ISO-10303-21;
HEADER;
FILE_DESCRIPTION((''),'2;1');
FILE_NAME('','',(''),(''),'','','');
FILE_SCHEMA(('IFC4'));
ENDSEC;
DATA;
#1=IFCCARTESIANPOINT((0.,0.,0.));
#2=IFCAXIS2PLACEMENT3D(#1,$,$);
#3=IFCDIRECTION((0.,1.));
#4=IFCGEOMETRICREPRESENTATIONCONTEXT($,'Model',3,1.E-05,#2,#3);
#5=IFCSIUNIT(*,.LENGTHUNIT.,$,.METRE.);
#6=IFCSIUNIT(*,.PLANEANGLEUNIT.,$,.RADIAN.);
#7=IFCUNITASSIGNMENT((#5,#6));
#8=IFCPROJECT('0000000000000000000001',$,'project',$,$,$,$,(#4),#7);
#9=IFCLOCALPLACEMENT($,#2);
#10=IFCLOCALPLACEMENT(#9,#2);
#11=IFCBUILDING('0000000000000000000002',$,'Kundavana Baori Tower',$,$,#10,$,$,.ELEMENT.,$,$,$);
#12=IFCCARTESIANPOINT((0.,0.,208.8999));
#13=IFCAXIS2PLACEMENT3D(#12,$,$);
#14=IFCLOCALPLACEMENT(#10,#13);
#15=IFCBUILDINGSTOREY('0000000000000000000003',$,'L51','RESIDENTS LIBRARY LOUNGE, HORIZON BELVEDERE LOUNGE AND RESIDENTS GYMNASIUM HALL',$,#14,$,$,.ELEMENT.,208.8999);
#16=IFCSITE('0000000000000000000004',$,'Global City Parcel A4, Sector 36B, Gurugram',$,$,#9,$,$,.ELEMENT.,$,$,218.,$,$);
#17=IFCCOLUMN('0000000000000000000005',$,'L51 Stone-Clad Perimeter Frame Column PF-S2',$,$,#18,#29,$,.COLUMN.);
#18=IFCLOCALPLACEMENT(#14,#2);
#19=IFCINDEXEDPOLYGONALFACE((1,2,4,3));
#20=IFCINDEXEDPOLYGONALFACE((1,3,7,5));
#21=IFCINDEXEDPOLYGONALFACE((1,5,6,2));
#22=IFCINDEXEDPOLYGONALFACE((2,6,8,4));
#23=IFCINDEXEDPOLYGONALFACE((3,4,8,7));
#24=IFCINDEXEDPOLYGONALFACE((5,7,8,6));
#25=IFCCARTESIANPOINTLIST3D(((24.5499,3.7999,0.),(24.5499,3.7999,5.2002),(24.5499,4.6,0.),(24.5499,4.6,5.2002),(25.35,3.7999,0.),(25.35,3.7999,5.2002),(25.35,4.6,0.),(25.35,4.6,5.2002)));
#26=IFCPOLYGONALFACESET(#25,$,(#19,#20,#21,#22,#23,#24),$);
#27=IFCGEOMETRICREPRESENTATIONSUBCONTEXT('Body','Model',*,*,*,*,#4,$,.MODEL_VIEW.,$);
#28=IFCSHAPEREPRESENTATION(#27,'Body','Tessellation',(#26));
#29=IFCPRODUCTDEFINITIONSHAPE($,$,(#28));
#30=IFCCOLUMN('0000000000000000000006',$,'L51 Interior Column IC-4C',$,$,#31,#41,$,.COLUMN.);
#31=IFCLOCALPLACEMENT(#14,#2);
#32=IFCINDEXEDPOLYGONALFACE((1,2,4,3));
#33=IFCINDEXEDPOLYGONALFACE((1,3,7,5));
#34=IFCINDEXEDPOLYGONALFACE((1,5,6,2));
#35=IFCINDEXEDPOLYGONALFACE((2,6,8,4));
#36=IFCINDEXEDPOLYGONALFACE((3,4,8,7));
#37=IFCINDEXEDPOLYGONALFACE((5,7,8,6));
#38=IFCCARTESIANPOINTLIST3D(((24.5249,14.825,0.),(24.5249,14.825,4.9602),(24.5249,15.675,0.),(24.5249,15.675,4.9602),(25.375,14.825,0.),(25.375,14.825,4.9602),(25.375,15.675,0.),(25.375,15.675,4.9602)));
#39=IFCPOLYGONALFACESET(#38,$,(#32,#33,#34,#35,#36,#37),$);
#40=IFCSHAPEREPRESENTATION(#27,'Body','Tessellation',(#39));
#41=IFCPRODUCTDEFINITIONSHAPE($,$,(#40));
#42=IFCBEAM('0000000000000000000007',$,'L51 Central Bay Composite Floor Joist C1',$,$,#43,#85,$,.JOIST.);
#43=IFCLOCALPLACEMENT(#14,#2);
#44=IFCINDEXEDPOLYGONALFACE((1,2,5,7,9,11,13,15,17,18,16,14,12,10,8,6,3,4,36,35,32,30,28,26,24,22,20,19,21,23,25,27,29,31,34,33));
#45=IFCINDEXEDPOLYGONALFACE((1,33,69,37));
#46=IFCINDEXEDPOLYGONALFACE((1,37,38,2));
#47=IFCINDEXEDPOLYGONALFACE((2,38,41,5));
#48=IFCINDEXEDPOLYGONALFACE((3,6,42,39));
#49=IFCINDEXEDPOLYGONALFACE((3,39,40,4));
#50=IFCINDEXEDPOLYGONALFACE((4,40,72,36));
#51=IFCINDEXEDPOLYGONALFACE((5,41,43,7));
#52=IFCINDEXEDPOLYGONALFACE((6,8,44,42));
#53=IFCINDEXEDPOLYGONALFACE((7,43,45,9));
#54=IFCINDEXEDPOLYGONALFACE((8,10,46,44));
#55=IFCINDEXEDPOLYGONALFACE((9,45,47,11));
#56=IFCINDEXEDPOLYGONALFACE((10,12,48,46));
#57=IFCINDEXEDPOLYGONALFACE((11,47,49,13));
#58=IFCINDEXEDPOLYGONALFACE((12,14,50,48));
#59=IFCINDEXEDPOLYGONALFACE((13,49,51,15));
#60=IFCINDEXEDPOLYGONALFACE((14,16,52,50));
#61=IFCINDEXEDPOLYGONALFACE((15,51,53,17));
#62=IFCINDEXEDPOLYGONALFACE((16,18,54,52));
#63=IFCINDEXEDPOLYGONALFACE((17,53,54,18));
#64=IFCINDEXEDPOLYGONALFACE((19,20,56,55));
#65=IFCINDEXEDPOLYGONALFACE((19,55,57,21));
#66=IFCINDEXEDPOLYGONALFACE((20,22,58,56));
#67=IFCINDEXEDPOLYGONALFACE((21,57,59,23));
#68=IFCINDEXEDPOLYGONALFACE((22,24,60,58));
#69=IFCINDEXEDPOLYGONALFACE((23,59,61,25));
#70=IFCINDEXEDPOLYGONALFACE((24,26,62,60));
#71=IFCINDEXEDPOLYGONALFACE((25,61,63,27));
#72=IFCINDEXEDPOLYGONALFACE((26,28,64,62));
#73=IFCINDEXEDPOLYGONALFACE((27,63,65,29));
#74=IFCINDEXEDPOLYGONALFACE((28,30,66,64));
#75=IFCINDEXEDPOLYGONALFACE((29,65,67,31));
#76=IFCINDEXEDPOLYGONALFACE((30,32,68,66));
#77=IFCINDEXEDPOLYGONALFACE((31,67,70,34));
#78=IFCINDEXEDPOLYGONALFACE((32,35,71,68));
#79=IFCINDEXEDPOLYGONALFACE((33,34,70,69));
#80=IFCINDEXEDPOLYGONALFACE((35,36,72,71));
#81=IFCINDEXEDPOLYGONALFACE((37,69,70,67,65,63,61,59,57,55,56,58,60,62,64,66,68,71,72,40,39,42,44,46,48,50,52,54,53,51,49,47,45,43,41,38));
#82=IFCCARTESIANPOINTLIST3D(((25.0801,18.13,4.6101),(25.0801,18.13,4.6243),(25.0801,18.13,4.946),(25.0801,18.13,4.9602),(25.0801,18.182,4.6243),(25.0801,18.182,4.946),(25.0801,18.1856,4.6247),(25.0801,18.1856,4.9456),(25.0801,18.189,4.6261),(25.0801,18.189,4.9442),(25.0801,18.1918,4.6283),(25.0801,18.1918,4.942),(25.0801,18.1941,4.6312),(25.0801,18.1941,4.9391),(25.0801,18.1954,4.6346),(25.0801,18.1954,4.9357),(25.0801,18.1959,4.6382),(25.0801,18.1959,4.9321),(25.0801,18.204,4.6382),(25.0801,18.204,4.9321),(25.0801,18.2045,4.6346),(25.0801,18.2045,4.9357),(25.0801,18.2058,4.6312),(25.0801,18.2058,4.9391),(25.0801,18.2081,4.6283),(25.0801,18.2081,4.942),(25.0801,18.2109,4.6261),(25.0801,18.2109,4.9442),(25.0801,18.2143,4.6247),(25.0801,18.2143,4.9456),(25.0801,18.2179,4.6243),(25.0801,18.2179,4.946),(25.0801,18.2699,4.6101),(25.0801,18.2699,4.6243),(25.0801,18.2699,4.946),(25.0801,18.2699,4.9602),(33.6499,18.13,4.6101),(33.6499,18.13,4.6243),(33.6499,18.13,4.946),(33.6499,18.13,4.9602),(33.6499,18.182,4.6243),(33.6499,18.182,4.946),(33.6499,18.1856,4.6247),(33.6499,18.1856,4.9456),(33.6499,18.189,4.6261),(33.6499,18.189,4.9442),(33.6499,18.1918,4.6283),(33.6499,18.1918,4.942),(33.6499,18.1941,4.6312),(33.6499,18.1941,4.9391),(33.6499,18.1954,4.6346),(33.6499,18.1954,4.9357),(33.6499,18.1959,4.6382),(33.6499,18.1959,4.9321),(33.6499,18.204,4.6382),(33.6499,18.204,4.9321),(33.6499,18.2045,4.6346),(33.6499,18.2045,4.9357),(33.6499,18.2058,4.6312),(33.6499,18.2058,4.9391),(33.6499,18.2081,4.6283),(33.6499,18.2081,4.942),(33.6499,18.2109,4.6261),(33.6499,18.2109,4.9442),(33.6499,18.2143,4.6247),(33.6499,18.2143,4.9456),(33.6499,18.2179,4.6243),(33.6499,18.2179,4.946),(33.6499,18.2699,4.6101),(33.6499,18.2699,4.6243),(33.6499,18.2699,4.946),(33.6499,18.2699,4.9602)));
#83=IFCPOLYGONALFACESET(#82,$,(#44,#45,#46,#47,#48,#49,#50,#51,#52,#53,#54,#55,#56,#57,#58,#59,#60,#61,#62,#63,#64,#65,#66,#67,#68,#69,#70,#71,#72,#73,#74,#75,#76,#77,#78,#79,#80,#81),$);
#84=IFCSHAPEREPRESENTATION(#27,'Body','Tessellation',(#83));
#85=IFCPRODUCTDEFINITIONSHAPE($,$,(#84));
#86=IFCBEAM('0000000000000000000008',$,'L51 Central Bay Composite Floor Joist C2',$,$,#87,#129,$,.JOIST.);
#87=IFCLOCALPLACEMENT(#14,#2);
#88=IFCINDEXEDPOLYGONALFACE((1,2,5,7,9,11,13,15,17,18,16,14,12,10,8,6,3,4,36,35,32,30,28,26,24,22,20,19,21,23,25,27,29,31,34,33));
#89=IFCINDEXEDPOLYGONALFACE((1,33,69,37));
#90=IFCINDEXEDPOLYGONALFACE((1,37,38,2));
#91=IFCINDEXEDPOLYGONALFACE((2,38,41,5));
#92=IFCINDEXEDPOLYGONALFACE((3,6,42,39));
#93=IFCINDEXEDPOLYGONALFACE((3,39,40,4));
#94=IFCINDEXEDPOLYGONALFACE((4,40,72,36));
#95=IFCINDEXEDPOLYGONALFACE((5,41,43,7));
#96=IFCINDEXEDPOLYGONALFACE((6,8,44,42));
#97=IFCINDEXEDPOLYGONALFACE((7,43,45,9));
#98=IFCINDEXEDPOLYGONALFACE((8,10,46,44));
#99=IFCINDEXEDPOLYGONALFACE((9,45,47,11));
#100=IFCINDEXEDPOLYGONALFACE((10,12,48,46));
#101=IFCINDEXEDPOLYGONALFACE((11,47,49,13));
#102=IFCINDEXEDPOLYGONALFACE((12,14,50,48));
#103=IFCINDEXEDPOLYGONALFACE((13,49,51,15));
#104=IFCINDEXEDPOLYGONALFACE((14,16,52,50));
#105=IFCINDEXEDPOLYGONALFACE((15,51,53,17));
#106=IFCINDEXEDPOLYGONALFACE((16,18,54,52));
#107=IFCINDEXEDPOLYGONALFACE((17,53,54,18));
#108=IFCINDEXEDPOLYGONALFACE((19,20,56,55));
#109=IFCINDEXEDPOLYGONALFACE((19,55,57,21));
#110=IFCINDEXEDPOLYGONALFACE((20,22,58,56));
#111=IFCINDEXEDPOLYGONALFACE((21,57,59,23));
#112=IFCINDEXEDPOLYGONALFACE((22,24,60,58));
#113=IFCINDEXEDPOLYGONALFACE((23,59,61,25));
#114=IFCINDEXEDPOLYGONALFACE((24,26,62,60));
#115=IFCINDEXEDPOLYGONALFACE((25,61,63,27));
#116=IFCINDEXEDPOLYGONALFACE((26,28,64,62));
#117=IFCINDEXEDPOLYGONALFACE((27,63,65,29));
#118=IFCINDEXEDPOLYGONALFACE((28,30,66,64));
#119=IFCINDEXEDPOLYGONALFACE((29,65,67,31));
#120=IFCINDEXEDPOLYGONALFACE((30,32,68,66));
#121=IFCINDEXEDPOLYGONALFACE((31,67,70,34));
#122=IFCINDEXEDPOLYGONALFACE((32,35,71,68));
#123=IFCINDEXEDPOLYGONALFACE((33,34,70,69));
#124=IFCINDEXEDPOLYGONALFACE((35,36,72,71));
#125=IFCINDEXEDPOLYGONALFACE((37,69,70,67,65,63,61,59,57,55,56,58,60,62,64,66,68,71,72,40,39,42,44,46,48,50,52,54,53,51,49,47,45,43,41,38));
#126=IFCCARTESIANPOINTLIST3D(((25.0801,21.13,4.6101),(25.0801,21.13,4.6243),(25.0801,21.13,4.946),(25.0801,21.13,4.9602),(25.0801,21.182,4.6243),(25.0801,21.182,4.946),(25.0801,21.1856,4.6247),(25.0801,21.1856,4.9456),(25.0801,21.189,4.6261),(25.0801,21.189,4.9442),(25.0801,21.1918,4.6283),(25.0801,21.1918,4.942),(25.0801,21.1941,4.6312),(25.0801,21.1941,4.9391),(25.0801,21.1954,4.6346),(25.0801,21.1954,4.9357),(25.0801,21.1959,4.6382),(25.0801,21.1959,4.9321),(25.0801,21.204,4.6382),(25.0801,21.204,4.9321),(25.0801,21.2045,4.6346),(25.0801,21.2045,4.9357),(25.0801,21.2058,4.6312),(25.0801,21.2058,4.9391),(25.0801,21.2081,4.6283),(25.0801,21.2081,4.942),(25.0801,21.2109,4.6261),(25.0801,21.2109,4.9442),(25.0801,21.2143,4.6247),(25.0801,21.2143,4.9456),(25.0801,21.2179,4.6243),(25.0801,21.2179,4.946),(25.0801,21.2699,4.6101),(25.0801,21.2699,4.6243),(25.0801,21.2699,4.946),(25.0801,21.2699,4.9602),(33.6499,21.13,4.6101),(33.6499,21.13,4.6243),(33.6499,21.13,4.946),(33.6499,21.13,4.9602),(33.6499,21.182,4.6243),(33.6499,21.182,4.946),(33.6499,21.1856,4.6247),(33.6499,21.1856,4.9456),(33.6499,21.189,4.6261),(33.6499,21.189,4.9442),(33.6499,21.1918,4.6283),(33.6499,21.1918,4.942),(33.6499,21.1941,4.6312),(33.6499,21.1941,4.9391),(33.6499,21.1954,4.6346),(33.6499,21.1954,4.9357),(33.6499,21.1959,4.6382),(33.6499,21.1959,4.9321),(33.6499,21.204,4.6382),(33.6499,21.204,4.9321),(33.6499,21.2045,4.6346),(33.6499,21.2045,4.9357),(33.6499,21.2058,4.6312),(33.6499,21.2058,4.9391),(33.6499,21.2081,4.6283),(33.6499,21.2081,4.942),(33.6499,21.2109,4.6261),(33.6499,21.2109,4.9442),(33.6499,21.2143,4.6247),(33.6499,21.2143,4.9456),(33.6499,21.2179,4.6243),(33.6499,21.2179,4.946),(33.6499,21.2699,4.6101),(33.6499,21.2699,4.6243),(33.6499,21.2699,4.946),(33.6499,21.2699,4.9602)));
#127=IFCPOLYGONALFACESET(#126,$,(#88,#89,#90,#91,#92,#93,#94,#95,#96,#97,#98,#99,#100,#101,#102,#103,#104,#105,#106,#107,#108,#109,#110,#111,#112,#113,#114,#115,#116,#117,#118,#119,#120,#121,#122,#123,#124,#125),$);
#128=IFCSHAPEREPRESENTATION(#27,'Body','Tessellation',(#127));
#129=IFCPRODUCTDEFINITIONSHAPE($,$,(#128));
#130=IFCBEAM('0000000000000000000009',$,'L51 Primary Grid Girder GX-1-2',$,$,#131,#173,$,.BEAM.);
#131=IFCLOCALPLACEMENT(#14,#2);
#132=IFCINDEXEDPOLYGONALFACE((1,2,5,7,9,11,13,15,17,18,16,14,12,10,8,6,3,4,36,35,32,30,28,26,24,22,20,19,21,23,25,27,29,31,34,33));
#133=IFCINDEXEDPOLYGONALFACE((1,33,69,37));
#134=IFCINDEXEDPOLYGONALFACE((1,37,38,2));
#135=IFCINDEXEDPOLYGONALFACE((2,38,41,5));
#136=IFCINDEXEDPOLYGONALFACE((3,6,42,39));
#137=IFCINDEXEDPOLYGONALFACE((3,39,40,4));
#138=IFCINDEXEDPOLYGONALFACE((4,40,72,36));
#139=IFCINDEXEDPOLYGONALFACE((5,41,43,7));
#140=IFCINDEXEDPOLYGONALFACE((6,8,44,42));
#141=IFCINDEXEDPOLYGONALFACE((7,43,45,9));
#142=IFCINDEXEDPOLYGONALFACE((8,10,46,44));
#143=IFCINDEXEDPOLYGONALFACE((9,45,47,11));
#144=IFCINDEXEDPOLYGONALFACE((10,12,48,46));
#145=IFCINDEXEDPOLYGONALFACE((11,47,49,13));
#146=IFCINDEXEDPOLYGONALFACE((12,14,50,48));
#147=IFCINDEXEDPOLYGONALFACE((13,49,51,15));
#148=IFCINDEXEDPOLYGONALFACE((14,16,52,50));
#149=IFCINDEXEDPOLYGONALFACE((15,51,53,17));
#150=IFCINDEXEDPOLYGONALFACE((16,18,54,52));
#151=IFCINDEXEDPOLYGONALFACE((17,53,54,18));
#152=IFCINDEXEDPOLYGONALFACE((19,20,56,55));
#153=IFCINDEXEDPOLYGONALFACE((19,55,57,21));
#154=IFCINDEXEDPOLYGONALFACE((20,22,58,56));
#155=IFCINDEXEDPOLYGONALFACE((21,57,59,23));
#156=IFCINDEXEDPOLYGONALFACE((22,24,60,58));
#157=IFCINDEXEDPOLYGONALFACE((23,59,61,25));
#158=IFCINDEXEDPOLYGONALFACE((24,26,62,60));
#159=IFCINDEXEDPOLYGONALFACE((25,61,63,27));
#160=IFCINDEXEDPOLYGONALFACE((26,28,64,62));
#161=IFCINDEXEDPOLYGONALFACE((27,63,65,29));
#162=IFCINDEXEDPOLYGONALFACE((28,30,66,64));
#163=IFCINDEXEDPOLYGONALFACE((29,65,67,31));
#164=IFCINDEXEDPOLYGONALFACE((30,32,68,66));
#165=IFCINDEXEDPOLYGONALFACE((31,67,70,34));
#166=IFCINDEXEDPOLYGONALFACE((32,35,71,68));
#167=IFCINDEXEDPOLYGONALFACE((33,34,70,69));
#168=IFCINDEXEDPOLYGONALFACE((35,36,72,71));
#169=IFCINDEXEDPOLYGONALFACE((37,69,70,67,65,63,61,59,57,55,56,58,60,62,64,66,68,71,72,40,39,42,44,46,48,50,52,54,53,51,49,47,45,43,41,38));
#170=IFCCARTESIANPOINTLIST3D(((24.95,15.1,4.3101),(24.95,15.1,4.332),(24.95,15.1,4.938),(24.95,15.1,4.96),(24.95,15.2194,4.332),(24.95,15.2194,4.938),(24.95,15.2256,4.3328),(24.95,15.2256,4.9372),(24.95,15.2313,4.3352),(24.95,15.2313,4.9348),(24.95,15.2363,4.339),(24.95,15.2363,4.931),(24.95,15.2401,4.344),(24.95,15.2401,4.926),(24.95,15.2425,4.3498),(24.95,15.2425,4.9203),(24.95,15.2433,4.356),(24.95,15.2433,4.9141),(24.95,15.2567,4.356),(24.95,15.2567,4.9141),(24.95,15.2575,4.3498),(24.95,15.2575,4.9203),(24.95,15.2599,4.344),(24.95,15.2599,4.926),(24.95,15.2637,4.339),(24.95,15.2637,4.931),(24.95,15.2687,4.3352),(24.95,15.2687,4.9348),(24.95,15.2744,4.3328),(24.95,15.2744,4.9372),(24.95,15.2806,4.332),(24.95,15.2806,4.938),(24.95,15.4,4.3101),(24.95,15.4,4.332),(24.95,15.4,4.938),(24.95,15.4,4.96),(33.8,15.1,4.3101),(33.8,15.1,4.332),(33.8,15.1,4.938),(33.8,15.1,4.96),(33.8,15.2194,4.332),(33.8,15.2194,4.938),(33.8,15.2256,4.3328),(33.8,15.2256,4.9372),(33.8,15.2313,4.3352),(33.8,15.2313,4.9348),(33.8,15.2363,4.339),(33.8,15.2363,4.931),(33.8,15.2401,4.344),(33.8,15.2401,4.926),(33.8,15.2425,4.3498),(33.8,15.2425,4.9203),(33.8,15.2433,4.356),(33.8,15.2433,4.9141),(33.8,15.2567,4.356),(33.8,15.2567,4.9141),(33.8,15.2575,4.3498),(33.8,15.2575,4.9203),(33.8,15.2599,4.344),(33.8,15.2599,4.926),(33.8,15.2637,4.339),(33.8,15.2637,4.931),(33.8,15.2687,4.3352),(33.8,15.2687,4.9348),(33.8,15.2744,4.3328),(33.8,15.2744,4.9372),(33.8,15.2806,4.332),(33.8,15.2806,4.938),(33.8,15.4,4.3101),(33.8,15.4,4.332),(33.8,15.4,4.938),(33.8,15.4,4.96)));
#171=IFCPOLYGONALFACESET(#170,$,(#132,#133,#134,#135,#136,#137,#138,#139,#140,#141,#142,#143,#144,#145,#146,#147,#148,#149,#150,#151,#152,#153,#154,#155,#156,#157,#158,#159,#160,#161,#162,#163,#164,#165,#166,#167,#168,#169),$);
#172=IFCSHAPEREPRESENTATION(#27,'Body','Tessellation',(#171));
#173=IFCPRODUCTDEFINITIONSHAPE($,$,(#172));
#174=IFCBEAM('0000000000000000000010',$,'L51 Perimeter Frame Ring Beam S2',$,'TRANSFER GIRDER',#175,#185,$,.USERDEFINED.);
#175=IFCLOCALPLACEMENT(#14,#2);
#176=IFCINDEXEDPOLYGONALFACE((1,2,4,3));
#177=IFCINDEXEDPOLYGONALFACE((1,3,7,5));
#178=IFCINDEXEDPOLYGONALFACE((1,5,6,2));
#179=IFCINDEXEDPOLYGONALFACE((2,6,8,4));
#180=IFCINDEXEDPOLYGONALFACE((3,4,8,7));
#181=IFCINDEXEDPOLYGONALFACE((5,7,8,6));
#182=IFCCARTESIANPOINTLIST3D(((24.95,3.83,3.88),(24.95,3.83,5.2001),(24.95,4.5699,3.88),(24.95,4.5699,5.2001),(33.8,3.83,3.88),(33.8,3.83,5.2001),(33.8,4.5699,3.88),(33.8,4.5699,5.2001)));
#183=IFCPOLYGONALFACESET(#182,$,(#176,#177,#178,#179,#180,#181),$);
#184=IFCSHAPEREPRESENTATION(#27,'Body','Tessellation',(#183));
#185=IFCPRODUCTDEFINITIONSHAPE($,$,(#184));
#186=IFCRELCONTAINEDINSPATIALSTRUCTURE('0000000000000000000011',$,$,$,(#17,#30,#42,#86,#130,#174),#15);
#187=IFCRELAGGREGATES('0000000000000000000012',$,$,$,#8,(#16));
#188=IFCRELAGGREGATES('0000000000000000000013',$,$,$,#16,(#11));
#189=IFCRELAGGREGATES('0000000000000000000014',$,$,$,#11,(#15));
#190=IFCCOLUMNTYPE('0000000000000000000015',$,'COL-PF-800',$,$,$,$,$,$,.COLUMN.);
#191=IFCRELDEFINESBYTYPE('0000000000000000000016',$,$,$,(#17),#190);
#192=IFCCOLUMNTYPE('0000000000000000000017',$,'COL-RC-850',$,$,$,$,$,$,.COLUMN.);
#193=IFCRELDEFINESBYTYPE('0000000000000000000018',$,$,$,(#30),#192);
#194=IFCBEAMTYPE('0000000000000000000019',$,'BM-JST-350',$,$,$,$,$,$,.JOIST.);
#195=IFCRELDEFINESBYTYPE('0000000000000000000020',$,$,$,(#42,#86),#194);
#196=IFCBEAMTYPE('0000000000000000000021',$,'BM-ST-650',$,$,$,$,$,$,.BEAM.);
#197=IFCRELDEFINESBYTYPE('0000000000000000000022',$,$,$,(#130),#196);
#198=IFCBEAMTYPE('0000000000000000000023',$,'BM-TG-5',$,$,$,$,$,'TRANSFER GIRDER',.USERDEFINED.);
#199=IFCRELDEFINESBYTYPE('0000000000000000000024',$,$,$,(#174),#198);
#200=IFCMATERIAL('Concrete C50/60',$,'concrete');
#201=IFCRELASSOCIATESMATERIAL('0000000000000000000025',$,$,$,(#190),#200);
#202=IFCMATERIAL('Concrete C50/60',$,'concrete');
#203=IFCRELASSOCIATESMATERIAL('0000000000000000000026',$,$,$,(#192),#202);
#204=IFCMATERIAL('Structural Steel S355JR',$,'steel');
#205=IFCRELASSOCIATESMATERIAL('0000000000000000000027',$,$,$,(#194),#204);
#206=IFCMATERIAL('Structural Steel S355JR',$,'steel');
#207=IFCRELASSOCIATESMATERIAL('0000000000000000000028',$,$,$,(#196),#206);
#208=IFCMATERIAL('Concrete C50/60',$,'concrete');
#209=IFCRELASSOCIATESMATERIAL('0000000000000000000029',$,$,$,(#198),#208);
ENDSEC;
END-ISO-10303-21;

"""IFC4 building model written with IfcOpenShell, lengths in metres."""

from ifc_helpers import new_model, si_unit, direction, frame, origin, origin_2d, place, context, subcontext, project, spatial, rectangle, i_section, extrude, material, material_profile, profile_set, type_object, element, save


model = new_model("IFC4")

# Units and contexts
model_context = context("Model", 3, precision=1e-05, world=origin(), true_north=direction((0.0, 1.0)))
body_context = subcontext(model_context, "Body", "Model", "MODEL_VIEW")
ifc_project = project(units=[si_unit("LENGTHUNIT", "METRE"), si_unit("PLANEANGLEUNIT", "RADIAN")], contexts=[model_context])

# Site, building, storey
site_placement = place(None, origin())
site = spatial("IfcSite", under=ifc_project, at=site_placement, Name="Global City Parcel A4, Sector 36B, Gurugram", CompositionType="ELEMENT", RefElevation=218.0)
building_placement = place(site_placement, origin())
building = spatial("IfcBuilding", under=site, at=building_placement, Name="Kundavana Baori Tower", CompositionType="ELEMENT")
storey_placement = place(building_placement, frame((0.0, 0.0, 208.8999)))
storey = spatial("IfcBuildingStorey", under=building, at=storey_placement, Name="L51", Description="RESIDENTS LIBRARY LOUNGE, HORIZON BELVEDERE LOUNGE AND RESIDENTS GYMNASIUM HALL", CompositionType="ELEMENT", Elevation=208.8999)

# Columns
ifc_material_1 = material(Name="Concrete C50/60", Category="concrete")
ifc_material_profile_1 = material_profile(ifc_material_1, rectangle(XDim=0.8, YDim=0.8, at=origin_2d()), Name="RC PF 800x800")
ifc_profile_set_1 = profile_set([ifc_material_profile_1], Name="Concrete C50/60")
column_type_1 = type_object("IfcColumnType", Name="COL-PF-800", PredefinedType="COLUMN", material=ifc_profile_set_1)
column_1_placement = place(storey_placement, frame((24.95, 4.2, 0.0), z_axis=(0.0, 0.0, 1.0), x_axis=(1.0, 0.0, 0.0)))
element("IfcColumn", 1, at=column_1_placement, inside=storey, type_object=column_type_1, Name="L51 Stone-Clad Perimeter Frame Column PF-S2", PredefinedType="COLUMN", context=body_context, shape_type="SweptSolid", body=[
    extrude(rectangle(XDim=0.8, YDim=0.8, at=origin_2d()), origin(), (0.0, 0.0, 1.0), 5.2002),
])
ifc_material_2 = material(Name="Concrete C50/60", Category="concrete")
ifc_material_profile_2 = material_profile(ifc_material_2, rectangle(XDim=0.8501, YDim=0.8501, at=origin_2d()), Name="RC 850x850")
ifc_profile_set_2 = profile_set([ifc_material_profile_2], Name="Concrete C50/60")
column_type_2 = type_object("IfcColumnType", Name="COL-RC-850", PredefinedType="COLUMN", material=ifc_profile_set_2)
column_2_placement = place(storey_placement, frame((24.95, 15.25, 0.0), z_axis=(0.0, 0.0, 1.0), x_axis=(1.0, 0.0, 0.0)))
element("IfcColumn", 2, at=column_2_placement, inside=storey, type_object=column_type_2, Name="L51 Interior Column IC-4C", PredefinedType="COLUMN", context=body_context, shape_type="SweptSolid", body=[
    extrude(rectangle(XDim=0.8501, YDim=0.8501, at=origin_2d()), origin(), (0.0, 0.0, 1.0), 4.9602),
])

# Beams
ifc_material_3 = material(Name="Structural Steel S355JR", Category="steel")
ifc_material_profile_3 = material_profile(ifc_material_3, i_section(OverallWidth=0.1399, OverallDepth=0.3501, WebThickness=0.0081, FlangeThickness=0.0142, FilletRadius=0.0139, at=origin_2d()), Name="ISMB 350")
ifc_profile_set_3 = profile_set([ifc_material_profile_3], Name="Structural Steel S355JR")
beam_type_1 = type_object("IfcBeamType", Name="BM-JST-350", PredefinedType="JOIST", material=ifc_profile_set_3)
for number, where, z_axis, x_axis, name in (
    (3, (25.0801, 18.2, 4.7852), (1.0, 0.0, 0.0), (0.0, 1.0, 0.0), "L51 Central Bay Composite Floor Joist C1"),
    (4, (25.0801, 21.2, 4.7852), (1.0, 0.0, 0.0), (0.0, 1.0, 0.0), "L51 Central Bay Composite Floor Joist C2"),
):
    element("IfcBeam", number, at=place(storey_placement, frame(where, z_axis=z_axis, x_axis=x_axis)), inside=storey, type_object=beam_type_1, Name=name, PredefinedType="JOIST", context=body_context, shape_type="SweptSolid", body=[
        extrude(i_section(OverallWidth=0.1399, OverallDepth=0.3501, WebThickness=0.0081, FlangeThickness=0.0142, FilletRadius=0.0139, at=origin_2d()), origin(), (0.0, 0.0, 1.0), 8.5698),
    ])
ifc_material_4 = material(Name="Structural Steel S355JR", Category="steel")
ifc_material_profile_4 = material_profile(ifc_material_4, i_section(OverallWidth=0.3, OverallDepth=0.6499, WebThickness=0.0134, FlangeThickness=0.022, FilletRadius=0.0239, at=origin_2d()), Name="NPB 650x300x155")
ifc_profile_set_4 = profile_set([ifc_material_profile_4], Name="Structural Steel S355JR")
beam_type_2 = type_object("IfcBeamType", Name="BM-ST-650", PredefinedType="BEAM", material=ifc_profile_set_4)
beam_1_placement = place(storey_placement, frame((24.95, 15.25, 4.635), z_axis=(1.0, 0.0, 0.0), x_axis=(0.0, 1.0, 0.0)))
element("IfcBeam", 5, at=beam_1_placement, inside=storey, type_object=beam_type_2, Name="L51 Primary Grid Girder GX-1-2", PredefinedType="BEAM", context=body_context, shape_type="SweptSolid", body=[
    extrude(i_section(OverallWidth=0.3, OverallDepth=0.6499, WebThickness=0.0134, FlangeThickness=0.022, FilletRadius=0.0239, at=origin_2d()), origin(), (0.0, 0.0, 1.0), 8.8501),
])
ifc_material_5 = material(Name="Concrete C50/60", Category="concrete")
ifc_material_profile_5 = material_profile(ifc_material_5, rectangle(XDim=0.74, YDim=1.3201, at=origin_2d()), Name="BM-TG-5")
ifc_profile_set_5 = profile_set([ifc_material_profile_5], Name="Concrete C50/60")
beam_type_3 = type_object("IfcBeamType", Name="BM-TG-5", ElementType="TRANSFER GIRDER", PredefinedType="USERDEFINED", material=ifc_profile_set_5)
beam_2_placement = place(storey_placement, frame((24.95, 4.2, 4.54), z_axis=(1.0, 0.0, 0.0), x_axis=(0.0, 1.0, 0.0)))
element("IfcBeam", 6, at=beam_2_placement, inside=storey, type_object=beam_type_3, Name="L51 Perimeter Frame Ring Beam S2", ObjectType="TRANSFER GIRDER", PredefinedType="USERDEFINED", context=body_context, shape_type="SweptSolid", body=[
    extrude(rectangle(XDim=0.74, YDim=1.3201, at=origin_2d()), origin(), (0.0, 0.0, 1.0), 8.8501),
])

save(model, "model.ifc")
